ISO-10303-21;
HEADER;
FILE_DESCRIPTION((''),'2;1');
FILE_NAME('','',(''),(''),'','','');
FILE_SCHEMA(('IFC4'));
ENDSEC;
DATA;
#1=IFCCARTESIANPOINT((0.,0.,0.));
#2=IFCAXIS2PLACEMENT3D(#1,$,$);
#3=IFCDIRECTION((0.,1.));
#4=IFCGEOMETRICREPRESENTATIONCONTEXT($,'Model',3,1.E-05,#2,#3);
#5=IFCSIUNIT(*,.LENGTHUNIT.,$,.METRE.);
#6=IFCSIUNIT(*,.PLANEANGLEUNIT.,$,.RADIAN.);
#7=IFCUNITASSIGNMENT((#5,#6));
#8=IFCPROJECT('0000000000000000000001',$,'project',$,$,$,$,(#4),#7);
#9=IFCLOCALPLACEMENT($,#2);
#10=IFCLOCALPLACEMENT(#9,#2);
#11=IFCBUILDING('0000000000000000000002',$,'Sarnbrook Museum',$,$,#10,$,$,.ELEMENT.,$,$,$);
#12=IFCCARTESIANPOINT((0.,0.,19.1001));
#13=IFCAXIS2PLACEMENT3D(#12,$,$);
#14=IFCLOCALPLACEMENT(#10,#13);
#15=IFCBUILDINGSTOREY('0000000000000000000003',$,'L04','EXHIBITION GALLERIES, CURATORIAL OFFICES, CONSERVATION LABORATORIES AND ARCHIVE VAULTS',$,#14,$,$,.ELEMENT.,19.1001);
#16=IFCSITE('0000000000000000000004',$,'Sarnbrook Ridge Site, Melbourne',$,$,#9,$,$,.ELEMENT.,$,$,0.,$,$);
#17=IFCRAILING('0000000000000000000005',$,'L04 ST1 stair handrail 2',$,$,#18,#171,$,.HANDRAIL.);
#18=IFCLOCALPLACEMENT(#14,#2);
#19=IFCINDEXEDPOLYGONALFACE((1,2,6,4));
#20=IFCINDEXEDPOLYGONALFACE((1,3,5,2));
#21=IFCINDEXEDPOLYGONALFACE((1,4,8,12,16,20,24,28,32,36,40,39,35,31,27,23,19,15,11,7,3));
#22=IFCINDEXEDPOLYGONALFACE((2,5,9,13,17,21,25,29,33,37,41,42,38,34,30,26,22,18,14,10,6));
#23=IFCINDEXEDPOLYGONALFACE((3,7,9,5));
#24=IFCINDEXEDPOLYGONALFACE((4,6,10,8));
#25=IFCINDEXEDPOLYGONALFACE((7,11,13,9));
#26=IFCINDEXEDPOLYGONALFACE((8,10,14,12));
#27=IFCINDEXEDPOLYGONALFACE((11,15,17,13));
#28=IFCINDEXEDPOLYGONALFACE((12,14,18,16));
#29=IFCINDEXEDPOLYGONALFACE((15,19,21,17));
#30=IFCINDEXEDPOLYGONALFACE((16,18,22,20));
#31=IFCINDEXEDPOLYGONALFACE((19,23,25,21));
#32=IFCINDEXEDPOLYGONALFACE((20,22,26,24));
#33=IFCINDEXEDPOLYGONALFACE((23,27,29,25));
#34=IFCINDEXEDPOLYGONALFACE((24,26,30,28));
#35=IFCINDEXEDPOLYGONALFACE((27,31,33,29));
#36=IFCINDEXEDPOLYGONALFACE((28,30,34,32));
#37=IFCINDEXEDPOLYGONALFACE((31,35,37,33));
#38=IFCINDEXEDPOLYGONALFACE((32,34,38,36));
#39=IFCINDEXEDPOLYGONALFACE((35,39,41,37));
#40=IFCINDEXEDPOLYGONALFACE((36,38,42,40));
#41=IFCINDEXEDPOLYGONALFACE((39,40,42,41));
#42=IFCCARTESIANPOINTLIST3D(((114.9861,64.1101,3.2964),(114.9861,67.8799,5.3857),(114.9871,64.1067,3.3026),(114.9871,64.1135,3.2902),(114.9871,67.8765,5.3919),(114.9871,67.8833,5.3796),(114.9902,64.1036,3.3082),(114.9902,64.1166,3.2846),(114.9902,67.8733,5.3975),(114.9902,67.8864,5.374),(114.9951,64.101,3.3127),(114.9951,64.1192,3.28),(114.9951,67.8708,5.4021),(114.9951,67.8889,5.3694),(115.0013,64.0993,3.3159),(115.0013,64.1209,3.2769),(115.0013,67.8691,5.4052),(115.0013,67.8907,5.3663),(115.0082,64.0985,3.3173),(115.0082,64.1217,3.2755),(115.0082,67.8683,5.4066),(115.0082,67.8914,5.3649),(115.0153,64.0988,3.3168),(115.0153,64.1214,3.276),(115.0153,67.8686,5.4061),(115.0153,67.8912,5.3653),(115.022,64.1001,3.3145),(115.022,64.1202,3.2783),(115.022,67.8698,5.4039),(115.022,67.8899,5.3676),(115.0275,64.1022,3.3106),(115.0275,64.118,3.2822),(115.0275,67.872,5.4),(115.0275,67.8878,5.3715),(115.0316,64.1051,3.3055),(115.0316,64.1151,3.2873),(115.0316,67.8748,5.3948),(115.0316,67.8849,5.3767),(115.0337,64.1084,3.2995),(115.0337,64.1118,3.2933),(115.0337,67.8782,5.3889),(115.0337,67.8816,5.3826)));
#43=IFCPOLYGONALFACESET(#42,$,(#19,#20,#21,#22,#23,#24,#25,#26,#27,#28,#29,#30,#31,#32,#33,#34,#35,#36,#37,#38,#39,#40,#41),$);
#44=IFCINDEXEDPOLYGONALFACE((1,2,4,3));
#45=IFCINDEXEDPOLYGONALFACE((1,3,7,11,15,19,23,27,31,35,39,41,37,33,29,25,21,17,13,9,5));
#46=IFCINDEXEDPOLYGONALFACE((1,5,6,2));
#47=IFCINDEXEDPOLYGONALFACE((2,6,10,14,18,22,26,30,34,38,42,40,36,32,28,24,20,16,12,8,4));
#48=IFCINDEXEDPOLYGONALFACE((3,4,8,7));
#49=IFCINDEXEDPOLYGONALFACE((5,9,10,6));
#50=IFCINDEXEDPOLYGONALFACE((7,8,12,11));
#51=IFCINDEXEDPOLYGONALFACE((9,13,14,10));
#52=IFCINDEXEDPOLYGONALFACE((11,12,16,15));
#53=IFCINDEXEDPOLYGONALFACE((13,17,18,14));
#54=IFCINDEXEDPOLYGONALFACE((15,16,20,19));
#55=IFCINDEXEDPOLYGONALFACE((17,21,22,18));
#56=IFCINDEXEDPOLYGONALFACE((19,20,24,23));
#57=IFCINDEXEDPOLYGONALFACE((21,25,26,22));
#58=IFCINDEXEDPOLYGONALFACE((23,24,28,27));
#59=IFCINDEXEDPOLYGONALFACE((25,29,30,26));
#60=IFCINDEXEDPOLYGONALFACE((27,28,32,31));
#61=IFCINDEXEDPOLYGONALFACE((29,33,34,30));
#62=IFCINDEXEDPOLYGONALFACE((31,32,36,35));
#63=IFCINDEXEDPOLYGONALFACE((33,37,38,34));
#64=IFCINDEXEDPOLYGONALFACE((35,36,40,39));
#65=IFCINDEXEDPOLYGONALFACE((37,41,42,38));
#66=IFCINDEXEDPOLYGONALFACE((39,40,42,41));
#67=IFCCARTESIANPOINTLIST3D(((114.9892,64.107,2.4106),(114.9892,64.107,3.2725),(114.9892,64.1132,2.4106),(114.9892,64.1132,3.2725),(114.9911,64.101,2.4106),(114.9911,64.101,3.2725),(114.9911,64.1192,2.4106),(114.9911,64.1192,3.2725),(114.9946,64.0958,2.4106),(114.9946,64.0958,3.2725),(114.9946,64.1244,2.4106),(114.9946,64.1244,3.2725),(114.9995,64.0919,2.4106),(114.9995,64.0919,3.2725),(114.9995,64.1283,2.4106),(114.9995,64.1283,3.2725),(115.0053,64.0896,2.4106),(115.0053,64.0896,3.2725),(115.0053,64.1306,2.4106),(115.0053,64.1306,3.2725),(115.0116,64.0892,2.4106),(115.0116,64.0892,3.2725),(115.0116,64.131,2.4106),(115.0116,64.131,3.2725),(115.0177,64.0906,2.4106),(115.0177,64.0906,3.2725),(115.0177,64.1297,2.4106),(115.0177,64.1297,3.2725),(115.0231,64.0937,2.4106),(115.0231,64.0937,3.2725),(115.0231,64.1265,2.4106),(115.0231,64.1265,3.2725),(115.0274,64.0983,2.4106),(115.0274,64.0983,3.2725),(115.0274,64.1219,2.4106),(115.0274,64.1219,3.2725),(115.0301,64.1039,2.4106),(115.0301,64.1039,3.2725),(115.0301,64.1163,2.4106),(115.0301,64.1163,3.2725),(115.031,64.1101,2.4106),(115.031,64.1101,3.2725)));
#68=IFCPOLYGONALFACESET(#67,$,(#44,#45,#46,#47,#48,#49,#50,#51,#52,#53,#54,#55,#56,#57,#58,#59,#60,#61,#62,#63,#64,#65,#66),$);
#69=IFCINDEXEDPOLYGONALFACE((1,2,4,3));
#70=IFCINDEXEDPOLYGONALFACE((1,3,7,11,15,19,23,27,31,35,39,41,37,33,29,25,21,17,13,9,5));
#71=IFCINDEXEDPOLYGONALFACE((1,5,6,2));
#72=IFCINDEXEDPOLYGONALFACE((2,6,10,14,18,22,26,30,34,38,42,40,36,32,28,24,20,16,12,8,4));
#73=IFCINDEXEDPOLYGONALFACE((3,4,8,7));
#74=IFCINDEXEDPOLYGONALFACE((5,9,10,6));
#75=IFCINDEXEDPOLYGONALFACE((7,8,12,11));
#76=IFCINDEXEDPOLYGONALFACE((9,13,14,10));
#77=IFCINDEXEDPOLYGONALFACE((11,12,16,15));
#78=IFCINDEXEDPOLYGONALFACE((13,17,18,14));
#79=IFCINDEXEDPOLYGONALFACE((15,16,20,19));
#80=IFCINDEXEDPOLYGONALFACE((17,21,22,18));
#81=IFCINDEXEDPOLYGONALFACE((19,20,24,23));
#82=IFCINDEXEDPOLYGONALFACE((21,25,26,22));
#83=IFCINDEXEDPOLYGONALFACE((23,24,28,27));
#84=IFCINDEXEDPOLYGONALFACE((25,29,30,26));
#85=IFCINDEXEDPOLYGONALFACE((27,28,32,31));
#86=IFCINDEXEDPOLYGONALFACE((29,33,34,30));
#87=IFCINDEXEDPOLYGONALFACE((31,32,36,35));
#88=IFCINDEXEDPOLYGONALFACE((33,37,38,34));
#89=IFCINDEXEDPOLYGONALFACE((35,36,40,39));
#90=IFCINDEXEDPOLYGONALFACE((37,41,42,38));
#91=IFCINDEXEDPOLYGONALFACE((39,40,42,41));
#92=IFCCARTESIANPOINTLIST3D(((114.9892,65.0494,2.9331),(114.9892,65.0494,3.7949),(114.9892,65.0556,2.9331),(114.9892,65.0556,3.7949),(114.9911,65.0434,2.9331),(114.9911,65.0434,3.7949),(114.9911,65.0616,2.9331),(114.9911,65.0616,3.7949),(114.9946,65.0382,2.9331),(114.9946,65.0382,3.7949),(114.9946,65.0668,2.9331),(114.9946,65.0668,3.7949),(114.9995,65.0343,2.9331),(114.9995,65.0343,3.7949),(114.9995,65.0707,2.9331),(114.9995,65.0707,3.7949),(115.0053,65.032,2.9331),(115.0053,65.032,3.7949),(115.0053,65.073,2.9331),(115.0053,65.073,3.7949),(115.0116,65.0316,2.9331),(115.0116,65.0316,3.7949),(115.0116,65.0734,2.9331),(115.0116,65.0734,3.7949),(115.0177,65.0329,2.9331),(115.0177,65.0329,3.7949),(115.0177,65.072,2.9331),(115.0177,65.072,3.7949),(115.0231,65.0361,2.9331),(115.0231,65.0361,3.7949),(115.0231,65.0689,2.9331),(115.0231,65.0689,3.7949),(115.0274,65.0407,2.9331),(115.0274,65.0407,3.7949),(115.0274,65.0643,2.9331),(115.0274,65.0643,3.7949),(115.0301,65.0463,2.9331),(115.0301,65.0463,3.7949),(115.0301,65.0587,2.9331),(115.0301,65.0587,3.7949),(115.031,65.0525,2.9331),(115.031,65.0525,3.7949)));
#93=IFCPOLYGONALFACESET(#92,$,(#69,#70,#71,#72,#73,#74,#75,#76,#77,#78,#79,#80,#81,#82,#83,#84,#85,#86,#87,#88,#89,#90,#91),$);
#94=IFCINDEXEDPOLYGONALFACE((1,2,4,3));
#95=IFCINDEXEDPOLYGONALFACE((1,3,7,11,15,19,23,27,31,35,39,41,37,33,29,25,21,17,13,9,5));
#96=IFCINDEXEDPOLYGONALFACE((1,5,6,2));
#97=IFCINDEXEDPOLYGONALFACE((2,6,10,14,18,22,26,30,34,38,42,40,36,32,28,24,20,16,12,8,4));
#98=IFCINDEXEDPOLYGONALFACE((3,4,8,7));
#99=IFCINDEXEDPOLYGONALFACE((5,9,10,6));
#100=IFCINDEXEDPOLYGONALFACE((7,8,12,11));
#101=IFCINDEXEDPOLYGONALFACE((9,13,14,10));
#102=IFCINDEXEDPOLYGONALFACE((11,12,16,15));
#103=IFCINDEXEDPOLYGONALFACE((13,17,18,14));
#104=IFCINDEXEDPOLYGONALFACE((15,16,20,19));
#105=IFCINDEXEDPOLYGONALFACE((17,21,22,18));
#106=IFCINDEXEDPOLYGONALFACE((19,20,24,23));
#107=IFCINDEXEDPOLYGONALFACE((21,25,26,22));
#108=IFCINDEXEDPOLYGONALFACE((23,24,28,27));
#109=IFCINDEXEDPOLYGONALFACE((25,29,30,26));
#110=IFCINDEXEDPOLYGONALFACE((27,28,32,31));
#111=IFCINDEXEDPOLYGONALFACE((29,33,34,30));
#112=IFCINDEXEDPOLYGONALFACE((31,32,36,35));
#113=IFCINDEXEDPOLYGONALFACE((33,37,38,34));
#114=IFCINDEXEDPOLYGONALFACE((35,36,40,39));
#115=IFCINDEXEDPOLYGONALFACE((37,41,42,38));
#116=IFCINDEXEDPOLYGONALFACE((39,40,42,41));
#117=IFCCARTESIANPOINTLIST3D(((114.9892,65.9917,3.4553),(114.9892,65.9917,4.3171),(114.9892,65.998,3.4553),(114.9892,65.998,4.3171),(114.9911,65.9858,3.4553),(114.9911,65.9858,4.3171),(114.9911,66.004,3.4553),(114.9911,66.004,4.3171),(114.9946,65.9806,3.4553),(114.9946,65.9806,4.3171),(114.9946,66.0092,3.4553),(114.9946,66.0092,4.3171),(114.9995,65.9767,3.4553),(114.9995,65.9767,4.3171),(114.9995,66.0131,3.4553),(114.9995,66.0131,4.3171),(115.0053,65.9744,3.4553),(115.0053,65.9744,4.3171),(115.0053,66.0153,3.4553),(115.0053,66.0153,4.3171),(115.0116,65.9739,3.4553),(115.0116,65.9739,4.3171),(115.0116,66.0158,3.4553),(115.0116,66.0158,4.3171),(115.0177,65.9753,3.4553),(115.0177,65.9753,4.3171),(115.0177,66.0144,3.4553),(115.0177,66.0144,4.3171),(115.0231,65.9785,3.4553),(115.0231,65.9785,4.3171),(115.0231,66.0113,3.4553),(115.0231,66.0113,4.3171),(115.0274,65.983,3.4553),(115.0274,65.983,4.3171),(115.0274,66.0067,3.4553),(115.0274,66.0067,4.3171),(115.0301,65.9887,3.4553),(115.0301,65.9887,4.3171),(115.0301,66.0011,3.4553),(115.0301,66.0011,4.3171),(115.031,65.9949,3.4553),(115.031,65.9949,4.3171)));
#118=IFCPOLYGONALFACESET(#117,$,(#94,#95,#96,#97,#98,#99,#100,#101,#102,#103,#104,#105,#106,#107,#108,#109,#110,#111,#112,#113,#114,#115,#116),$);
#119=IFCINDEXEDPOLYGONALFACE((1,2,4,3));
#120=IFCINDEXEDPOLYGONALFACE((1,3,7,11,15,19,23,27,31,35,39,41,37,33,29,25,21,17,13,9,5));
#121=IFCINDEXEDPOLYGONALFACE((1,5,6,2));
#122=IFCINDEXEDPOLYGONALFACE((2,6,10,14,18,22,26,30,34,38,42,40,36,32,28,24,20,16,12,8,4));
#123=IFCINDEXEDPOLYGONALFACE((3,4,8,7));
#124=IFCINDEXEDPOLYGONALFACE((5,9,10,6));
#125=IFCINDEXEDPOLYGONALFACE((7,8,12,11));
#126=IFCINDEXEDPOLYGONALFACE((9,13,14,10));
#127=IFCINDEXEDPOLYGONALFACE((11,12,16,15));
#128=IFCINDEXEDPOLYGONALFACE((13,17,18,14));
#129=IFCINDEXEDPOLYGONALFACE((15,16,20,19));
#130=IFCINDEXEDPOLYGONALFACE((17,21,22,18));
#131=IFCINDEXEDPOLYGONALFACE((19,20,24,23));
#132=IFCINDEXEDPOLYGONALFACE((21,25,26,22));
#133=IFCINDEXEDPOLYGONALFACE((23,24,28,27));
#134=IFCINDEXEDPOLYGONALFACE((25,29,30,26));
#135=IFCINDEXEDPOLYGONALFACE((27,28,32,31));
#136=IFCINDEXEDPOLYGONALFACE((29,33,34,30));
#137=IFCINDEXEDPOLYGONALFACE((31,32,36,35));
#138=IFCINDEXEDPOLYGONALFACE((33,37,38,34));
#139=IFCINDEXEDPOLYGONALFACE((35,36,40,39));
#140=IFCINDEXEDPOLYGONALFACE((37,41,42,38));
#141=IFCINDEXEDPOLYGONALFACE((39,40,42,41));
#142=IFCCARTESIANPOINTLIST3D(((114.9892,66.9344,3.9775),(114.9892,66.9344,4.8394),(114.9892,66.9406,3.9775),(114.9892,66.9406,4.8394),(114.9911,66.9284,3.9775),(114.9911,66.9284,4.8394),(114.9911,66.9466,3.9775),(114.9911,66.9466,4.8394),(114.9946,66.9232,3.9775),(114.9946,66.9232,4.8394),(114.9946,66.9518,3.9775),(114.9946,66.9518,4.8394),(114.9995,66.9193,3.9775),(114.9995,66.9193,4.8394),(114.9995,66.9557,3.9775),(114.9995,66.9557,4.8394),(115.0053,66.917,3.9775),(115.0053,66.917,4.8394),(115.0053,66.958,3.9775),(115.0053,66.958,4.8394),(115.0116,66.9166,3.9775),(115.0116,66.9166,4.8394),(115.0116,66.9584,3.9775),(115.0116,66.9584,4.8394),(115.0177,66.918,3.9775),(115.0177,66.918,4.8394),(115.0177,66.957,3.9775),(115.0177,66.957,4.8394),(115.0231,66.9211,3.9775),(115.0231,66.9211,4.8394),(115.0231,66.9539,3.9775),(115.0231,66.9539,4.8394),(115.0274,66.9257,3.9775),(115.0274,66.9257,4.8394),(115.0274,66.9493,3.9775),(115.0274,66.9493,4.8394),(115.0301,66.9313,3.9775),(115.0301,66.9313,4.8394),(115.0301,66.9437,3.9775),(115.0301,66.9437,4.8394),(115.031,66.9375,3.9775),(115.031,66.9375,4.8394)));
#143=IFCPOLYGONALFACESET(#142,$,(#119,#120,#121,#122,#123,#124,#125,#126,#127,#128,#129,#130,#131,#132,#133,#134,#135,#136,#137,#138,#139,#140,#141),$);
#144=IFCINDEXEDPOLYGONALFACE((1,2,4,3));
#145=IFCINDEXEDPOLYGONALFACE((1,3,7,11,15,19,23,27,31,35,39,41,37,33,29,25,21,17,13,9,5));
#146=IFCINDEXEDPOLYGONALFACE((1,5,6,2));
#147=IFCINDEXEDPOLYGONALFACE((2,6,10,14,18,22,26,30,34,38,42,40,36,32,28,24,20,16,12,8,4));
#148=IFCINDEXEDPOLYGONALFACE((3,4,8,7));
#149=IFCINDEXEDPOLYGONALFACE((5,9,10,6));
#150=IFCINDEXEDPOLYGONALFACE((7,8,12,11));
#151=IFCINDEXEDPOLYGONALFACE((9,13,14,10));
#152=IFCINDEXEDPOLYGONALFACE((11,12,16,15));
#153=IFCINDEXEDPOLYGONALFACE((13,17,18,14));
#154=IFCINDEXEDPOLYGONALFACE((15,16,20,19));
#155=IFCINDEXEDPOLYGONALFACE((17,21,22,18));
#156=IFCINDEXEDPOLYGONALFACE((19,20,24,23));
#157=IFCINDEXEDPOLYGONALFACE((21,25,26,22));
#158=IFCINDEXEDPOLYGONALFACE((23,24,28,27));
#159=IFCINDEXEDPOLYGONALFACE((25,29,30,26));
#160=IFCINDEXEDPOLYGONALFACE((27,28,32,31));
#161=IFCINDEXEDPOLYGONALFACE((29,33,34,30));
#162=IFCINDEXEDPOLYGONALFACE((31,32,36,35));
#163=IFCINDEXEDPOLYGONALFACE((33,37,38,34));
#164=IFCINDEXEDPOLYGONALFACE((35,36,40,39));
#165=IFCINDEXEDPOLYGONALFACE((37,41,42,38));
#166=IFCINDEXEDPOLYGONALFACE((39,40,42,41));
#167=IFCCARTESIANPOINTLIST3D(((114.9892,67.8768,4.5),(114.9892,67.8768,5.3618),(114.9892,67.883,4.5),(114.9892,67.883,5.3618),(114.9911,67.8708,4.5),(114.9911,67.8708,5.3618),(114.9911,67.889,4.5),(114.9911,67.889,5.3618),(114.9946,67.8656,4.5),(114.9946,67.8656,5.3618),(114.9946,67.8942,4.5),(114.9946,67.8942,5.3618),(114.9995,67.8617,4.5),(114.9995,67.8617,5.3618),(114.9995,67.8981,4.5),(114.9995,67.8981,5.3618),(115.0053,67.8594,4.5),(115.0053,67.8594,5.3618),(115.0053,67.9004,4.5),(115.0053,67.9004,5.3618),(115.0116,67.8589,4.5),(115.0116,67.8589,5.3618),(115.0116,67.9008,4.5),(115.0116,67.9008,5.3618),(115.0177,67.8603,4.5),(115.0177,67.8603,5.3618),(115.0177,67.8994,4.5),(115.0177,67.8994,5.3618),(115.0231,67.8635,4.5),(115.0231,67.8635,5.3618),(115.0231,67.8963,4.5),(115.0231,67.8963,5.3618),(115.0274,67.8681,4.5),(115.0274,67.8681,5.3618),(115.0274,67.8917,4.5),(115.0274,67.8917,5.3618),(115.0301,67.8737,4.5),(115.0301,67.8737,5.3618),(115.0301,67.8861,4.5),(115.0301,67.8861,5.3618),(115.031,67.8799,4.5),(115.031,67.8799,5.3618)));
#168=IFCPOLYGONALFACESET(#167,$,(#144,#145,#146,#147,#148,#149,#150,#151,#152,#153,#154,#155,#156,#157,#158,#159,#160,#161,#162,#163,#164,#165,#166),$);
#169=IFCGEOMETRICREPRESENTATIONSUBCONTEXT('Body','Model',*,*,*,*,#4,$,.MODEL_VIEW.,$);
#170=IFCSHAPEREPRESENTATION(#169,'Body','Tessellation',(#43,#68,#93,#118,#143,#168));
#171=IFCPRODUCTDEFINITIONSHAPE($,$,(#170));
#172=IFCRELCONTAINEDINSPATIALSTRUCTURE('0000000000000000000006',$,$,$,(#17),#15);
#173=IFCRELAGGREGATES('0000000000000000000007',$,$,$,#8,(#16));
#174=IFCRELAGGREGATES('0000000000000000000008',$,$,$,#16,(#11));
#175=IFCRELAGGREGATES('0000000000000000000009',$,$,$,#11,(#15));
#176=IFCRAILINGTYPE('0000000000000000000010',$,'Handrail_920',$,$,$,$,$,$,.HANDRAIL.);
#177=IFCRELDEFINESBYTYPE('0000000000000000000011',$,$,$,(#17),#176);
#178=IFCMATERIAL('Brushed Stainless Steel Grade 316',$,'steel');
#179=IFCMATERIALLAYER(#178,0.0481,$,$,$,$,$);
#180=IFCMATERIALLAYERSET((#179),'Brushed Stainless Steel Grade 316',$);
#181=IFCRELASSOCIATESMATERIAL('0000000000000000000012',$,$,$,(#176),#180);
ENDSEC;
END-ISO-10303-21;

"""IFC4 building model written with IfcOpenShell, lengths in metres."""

from ifc_helpers import new_model, si_unit, direction, frame, origin, origin_2d, place, context, subcontext, project, spatial, circle, extrude, material, layer, layer_set, type_object, element, save


model = new_model("IFC4")

# Units and contexts
model_context = context("Model", 3, precision=1e-05, world=origin(), true_north=direction((0.0, 1.0)))
body_context = subcontext(model_context, "Body", "Model", "MODEL_VIEW")
ifc_project = project(units=[si_unit("LENGTHUNIT", "METRE"), si_unit("PLANEANGLEUNIT", "RADIAN")], contexts=[model_context])

# Site, building, storey
site_placement = place(None, origin())
site = spatial("IfcSite", under=ifc_project, at=site_placement, Name="Sarnbrook Ridge Site, Melbourne", CompositionType="ELEMENT", RefElevation=0.0)
building_placement = place(site_placement, origin())
building = spatial("IfcBuilding", under=site, at=building_placement, Name="Sarnbrook Museum", CompositionType="ELEMENT")
storey_placement = place(building_placement, frame((0.0, 0.0, 19.1001)))
storey = spatial("IfcBuildingStorey", under=building, at=storey_placement, Name="L04", Description="EXHIBITION GALLERIES, CURATORIAL OFFICES, CONSERVATION LABORATORIES AND ARCHIVE VAULTS", CompositionType="ELEMENT", Elevation=19.1001)

# Shared definitions
ifc_material_1 = material(Name="Brushed Stainless Steel Grade 316", Category="steel")

# Railing
ifc_layer_1 = layer(ifc_material_1, 0.0481)
ifc_layer_set_1 = layer_set([ifc_layer_1], Name="Brushed Stainless Steel Grade 316")
railing_type_1 = type_object("IfcRailingType", Name="Handrail_920", PredefinedType="HANDRAIL", material=ifc_layer_set_1)
for number, where, name in (
    (1, (115.01, 64.1101, 2.4106), "L04 ST1 stair handrail 2"),
):
    element("IfcRailing", number, at=place(storey_placement, frame(where)), inside=storey, type_object=railing_type_1, Name=name, PredefinedType="HANDRAIL", context=body_context, shape_type="SweptSolid", body=[
        extrude(circle(Radius=0.0239, at=origin_2d()), frame((0.0, 0.0, 0.8857), z_axis=(0.0, 0.874646, 0.484763), x_axis=(-1.0, 0.0, 0.0)), (0.0, 0.0, 1.0), 4.3101),
        extrude(circle(Radius=0.021, at=origin_2d()), origin(), (0.0, 0.0, 1.0), 0.8618),
        extrude(circle(Radius=0.021, at=origin_2d()), frame((0.0, 0.9424, 0.5225)), (0.0, 0.0, 1.0), 0.8618),
        extrude(circle(Radius=0.021, at=origin_2d()), frame((0.0, 1.8848, 1.0447)), (0.0, 0.0, 1.0), 0.8618),
        extrude(circle(Radius=0.021, at=origin_2d()), frame((0.0, 2.8274, 1.5669)), (0.0, 0.0, 1.0), 0.8618),
        extrude(circle(Radius=0.021, at=origin_2d()), frame((0.0, 3.7698, 2.0894)), (0.0, 0.0, 1.0), 0.8618),
    ])

save(model, "model.ifc")
